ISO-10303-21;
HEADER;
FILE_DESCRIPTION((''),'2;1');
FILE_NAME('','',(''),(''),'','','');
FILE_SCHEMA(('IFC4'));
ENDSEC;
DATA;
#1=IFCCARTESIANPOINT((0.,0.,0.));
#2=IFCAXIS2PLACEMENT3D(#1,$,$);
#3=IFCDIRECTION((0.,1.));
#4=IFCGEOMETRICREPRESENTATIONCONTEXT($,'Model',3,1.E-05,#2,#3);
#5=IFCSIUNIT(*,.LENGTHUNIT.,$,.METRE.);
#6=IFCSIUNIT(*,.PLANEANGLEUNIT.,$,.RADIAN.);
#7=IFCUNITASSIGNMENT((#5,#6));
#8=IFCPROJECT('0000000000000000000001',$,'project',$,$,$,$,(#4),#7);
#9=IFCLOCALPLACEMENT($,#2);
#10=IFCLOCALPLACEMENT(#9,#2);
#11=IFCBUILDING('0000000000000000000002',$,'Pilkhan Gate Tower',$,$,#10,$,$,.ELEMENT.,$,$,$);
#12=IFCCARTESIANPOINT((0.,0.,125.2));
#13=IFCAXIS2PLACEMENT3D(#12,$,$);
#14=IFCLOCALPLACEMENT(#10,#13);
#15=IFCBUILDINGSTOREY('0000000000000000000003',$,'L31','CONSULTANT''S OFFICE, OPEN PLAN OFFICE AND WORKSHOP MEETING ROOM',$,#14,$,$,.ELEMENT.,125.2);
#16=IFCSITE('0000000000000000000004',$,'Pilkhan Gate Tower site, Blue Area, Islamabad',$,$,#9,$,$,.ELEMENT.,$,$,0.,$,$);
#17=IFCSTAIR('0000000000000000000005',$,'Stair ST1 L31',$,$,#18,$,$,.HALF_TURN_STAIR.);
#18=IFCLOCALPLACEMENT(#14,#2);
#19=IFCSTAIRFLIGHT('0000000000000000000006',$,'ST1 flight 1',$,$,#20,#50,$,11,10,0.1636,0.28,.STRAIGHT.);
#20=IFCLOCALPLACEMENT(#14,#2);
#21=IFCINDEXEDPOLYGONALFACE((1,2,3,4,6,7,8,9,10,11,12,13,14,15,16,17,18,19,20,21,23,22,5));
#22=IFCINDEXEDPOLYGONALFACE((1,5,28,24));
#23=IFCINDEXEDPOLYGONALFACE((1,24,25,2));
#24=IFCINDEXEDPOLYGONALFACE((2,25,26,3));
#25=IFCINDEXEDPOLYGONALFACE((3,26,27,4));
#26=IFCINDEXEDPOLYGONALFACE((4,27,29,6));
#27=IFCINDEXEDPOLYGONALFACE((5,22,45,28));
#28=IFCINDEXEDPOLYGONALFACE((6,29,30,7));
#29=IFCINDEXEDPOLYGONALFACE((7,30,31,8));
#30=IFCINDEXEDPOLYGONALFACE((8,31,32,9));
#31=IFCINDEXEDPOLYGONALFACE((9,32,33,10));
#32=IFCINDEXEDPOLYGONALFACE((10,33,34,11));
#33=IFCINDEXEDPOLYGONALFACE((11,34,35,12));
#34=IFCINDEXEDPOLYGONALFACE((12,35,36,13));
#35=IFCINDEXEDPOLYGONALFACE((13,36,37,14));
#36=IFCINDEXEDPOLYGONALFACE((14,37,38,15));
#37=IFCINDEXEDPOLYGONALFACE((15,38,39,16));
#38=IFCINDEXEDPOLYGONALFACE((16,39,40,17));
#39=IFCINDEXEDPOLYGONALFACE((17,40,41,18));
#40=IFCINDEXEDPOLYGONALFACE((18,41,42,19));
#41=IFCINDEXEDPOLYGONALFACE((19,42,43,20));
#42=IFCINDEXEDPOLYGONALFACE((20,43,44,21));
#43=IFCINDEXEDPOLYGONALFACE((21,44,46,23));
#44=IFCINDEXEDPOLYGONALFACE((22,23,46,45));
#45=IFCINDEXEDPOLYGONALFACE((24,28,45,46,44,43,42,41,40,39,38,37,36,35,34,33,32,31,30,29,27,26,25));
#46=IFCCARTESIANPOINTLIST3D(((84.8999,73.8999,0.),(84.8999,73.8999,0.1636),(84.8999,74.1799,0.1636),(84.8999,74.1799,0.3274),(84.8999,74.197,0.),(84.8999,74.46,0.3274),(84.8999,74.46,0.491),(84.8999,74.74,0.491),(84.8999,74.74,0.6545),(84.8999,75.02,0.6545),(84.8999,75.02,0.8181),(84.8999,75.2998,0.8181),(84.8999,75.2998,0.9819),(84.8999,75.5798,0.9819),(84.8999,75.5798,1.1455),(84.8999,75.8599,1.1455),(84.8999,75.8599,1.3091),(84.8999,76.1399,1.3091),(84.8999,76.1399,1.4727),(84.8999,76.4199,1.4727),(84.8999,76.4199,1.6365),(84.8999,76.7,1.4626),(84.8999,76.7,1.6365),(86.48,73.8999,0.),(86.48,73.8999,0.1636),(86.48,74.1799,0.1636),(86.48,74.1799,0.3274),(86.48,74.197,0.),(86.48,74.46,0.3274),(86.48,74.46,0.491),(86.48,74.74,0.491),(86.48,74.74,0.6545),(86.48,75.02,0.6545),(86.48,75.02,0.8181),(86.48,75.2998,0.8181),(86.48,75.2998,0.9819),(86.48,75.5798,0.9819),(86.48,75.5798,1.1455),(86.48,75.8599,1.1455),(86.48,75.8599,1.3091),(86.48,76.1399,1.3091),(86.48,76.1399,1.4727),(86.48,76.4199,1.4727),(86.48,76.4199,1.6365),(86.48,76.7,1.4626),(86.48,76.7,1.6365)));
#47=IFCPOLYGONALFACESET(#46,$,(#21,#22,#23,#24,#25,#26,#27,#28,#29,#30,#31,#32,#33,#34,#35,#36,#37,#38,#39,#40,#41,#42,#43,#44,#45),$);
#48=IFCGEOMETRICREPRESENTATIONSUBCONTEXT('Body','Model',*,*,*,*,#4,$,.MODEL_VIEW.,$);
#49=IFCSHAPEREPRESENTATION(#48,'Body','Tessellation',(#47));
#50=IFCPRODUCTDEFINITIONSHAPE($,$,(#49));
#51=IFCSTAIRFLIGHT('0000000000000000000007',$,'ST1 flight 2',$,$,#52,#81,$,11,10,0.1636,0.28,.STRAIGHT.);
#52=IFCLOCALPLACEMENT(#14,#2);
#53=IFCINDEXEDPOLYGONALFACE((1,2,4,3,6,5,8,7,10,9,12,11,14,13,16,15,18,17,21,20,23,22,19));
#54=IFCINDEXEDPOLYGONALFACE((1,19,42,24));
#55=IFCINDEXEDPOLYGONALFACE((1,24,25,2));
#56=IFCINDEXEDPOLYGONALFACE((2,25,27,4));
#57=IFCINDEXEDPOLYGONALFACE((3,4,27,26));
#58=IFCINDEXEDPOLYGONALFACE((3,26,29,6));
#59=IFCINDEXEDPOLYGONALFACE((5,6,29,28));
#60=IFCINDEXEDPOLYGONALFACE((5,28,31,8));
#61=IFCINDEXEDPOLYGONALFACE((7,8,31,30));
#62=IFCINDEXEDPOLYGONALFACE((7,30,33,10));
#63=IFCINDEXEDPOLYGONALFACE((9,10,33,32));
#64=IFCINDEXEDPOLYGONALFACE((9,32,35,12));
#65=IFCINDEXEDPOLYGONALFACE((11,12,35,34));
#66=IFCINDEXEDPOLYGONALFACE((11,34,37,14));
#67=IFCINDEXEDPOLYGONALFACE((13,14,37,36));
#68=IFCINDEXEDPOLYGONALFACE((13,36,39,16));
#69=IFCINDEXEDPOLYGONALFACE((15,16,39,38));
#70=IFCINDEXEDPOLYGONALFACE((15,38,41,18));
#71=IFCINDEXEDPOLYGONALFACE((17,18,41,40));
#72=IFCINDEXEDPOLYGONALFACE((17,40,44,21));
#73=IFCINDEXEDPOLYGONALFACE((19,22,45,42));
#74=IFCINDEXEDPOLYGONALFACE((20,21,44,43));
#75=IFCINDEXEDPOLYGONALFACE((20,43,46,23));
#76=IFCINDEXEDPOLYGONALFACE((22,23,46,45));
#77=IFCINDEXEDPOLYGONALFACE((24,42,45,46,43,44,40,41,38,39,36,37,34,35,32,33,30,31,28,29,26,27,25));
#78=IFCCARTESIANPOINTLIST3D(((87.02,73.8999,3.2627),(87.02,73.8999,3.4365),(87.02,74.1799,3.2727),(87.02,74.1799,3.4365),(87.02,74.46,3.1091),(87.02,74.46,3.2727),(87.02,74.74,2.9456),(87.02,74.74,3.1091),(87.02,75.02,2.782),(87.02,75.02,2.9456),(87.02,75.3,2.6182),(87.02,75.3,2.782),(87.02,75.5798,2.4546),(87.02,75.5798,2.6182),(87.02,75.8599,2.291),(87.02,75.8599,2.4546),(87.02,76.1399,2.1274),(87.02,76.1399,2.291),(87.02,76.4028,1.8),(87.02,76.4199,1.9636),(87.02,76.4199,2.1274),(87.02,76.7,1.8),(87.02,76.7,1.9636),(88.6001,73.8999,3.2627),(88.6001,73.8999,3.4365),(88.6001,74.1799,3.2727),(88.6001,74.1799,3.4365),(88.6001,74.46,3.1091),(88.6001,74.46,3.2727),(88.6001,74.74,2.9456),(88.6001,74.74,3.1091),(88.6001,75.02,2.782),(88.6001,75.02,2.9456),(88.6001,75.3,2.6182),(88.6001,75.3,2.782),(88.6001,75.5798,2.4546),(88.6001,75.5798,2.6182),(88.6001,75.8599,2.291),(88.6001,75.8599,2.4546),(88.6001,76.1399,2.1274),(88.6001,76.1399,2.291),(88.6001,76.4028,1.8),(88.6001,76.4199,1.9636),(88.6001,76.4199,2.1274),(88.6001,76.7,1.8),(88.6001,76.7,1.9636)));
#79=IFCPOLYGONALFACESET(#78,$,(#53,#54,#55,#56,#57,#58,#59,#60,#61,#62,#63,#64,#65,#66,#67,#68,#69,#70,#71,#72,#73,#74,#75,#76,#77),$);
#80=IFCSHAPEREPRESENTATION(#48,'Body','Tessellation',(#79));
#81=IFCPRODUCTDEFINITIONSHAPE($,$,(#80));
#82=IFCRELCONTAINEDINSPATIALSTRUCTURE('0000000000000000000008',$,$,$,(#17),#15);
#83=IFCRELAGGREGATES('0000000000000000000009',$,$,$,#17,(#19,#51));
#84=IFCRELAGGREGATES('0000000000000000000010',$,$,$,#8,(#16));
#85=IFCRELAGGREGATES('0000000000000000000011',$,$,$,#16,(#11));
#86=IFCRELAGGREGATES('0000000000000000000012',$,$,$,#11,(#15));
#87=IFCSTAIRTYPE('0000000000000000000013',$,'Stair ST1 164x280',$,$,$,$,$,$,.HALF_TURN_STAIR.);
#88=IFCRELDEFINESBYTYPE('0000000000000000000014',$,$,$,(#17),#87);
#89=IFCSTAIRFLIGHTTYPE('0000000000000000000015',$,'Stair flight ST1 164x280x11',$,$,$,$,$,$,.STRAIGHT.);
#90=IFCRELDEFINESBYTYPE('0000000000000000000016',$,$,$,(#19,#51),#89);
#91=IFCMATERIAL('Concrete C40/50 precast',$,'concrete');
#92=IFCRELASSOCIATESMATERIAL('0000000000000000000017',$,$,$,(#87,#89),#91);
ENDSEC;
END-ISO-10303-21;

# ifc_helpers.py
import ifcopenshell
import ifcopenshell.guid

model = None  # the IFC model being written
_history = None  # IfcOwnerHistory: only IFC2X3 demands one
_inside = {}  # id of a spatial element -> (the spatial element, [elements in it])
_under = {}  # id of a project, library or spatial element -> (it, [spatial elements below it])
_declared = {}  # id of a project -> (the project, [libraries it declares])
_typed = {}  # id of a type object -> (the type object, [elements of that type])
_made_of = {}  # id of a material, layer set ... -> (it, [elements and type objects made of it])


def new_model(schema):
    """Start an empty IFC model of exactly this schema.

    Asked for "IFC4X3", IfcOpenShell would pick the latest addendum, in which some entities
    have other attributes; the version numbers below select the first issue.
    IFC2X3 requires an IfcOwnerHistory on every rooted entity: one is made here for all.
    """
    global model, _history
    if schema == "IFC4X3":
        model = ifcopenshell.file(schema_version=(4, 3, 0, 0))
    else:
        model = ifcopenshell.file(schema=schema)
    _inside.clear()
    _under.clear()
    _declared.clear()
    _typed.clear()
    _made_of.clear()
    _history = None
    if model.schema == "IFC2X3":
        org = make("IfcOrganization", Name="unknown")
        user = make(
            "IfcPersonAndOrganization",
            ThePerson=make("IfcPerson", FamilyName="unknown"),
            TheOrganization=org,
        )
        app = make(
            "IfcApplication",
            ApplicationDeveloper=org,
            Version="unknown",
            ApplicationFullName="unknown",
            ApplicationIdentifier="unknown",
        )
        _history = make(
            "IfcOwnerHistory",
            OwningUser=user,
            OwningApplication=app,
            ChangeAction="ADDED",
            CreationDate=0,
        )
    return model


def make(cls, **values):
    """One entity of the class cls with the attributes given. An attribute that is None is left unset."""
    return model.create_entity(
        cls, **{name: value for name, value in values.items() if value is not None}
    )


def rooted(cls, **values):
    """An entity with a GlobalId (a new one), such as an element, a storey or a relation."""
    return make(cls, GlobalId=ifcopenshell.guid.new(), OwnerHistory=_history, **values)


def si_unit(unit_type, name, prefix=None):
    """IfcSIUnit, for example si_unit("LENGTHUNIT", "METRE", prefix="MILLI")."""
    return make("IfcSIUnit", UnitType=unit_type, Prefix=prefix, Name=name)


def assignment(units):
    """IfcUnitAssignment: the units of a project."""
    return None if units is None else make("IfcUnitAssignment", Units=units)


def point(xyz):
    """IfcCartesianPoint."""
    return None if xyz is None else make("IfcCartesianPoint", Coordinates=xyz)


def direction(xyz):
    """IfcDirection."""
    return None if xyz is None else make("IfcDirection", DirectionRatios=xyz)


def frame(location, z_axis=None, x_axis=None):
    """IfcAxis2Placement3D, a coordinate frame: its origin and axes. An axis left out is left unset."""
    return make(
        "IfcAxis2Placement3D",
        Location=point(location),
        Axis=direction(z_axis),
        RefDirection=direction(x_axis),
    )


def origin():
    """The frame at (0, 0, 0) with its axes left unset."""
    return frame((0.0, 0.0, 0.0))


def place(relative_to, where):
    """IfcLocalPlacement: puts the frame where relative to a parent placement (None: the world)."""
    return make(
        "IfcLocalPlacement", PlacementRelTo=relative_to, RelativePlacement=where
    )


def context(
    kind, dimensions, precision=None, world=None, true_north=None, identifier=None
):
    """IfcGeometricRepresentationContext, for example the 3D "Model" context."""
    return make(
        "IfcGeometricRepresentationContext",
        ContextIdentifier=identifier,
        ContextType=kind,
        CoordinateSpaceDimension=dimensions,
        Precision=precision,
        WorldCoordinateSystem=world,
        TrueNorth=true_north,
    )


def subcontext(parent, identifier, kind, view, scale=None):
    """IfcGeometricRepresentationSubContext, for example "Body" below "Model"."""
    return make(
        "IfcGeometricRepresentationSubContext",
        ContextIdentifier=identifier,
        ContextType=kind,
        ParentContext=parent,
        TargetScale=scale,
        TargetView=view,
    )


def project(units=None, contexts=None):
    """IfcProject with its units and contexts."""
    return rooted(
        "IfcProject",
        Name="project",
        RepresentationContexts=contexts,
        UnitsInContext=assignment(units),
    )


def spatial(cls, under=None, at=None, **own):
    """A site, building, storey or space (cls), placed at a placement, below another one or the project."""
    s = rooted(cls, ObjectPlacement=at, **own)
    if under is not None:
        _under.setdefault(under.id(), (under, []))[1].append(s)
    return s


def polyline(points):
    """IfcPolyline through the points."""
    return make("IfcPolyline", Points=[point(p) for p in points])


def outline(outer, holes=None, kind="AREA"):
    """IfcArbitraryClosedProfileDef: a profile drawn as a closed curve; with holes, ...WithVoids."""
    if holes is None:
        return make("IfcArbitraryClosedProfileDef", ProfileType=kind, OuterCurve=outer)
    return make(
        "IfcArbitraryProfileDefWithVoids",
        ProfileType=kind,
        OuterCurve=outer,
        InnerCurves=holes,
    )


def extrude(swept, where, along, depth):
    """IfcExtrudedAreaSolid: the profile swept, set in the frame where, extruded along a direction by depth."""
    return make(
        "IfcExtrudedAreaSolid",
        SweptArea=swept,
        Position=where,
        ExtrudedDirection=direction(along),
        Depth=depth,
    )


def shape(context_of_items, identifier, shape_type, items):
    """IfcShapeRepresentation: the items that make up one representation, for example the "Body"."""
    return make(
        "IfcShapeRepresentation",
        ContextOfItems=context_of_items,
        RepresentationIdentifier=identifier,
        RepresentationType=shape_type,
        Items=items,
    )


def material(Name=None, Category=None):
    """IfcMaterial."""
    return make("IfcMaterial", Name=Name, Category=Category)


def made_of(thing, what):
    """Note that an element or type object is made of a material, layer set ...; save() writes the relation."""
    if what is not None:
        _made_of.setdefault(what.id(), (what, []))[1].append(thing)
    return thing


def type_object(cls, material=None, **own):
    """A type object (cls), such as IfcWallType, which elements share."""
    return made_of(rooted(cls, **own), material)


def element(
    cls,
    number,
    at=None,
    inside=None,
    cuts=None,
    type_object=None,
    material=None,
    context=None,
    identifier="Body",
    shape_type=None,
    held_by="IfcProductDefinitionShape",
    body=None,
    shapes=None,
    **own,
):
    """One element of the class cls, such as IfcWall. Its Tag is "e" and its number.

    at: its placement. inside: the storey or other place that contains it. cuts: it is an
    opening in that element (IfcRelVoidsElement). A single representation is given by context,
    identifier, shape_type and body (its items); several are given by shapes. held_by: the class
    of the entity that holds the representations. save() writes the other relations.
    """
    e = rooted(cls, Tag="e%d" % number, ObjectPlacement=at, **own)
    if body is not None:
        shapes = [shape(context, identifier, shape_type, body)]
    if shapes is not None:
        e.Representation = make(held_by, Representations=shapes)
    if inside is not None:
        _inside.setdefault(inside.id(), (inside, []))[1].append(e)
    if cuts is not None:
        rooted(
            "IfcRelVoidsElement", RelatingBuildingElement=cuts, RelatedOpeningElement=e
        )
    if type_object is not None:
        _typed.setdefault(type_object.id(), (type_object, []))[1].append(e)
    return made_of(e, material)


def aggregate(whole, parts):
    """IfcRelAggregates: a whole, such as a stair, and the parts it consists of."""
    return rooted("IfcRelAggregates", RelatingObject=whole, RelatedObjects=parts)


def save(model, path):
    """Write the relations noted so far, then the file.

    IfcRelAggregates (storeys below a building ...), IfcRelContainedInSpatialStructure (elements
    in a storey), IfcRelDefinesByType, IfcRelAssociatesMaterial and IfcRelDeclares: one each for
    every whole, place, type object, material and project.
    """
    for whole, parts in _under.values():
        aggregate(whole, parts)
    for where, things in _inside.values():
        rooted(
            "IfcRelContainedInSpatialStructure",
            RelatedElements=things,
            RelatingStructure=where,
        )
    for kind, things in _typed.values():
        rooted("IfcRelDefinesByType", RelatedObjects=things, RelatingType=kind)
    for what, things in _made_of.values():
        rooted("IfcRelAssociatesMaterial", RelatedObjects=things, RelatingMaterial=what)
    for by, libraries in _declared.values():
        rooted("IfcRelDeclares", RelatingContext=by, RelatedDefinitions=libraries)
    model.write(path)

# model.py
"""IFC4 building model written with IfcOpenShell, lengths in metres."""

from ifc_helpers import new_model, si_unit, direction, frame, origin, place, context, subcontext, project, spatial, polyline, outline, extrude, material, type_object, element, aggregate, save


model = new_model("IFC4")

# Units and contexts
model_context = context("Model", 3, precision=1e-05, world=origin(), true_north=direction((0.0, 1.0)))
body_context = subcontext(model_context, "Body", "Model", "MODEL_VIEW")
ifc_project = project(units=[si_unit("LENGTHUNIT", "METRE"), si_unit("PLANEANGLEUNIT", "RADIAN")], contexts=[model_context])

# Site, building, storey
site_placement = place(None, origin())
site = spatial("IfcSite", under=ifc_project, at=site_placement, Name="Pilkhan Gate Tower site, Blue Area, Islamabad", CompositionType="ELEMENT", RefElevation=0.0)
building_placement = place(site_placement, origin())
building = spatial("IfcBuilding", under=site, at=building_placement, Name="Pilkhan Gate Tower", CompositionType="ELEMENT")
storey_placement = place(building_placement, frame((0.0, 0.0, 125.2)))
storey = spatial("IfcBuildingStorey", under=building, at=storey_placement, Name="L31", Description="CONSULTANT'S OFFICE, OPEN PLAN OFFICE AND WORKSHOP MEETING ROOM", CompositionType="ELEMENT", Elevation=125.2)

# Stair, stair flights
ifc_material_1 = material(Name="Concrete C40/50 precast", Category="concrete")
stair_type = type_object("IfcStairType", Name="Stair ST1 164x280", PredefinedType="HALF_TURN_STAIR", material=ifc_material_1)
stair_placement = place(storey_placement, origin())
stair = element("IfcStair", 1, at=stair_placement, inside=storey, type_object=stair_type, Name="Stair ST1 L31", PredefinedType="HALF_TURN_STAIR")
stair_flight_type = type_object("IfcStairFlightType", Name="Stair flight ST1 164x280x11", PredefinedType="STRAIGHT", material=ifc_material_1)
stair_flight_1_placement = place(storey_placement, frame((85.6899, 73.8999, 0.0), z_axis=(0.0, 0.0, 1.0), x_axis=(0.0, 1.0, 0.0)))
stair_flight_1 = element("IfcStairFlight", 2, at=stair_flight_1_placement, type_object=stair_flight_type, Name="ST1 flight 1", NumberOfRisers=11, NumberOfTreads=10, PredefinedType="STRAIGHT", RiserHeight=0.1636, TreadLength=0.28, context=body_context, shape_type="SweptSolid", body=[
    extrude(outline(polyline([(0.0, 0.0), (0.0, 0.1636), (0.28, 0.1636), (0.28, 0.3274), (0.5601, 0.3274), (0.5601, 0.491), (0.8401, 0.491), (0.8401, 0.6545), (1.1201, 0.6545), (1.1201, 0.8181), (1.3999, 0.8181), (1.3999, 0.9819), (1.6799, 0.9819), (1.6799, 1.1455), (1.96, 1.1455), (1.96, 1.3091), (2.24, 1.3091), (2.24, 1.4727), (2.52, 1.4727), (2.52, 1.6365), (2.8, 1.6365), (2.8, 1.8), (2.8, 1.4626), (0.2971, 0.0), (0.0, 0.0)])), frame((0.0, 0.79, 0.0), z_axis=(0.0, -1.0, 0.0), x_axis=(1.0, 0.0, 0.0)), (0.0, 0.0, 1.0), 1.5801),
])
stair_flight_2_placement = place(storey_placement, frame((87.8101, 76.7, 1.8), z_axis=(0.0, 0.0, 1.0), x_axis=(0.0, -1.0, 0.0)))
stair_flight_2 = element("IfcStairFlight", 3, at=stair_flight_2_placement, type_object=stair_flight_type, Name="ST1 flight 2", NumberOfRisers=11, NumberOfTreads=10, PredefinedType="STRAIGHT", RiserHeight=0.1636, TreadLength=0.28, context=body_context, shape_type="SweptSolid", body=[
    extrude(outline(polyline([(0.0, 0.0), (0.0, 0.1636), (0.28, 0.1636), (0.28, 0.3274), (0.5601, 0.3274), (0.5601, 0.491), (0.8401, 0.491), (0.8401, 0.6545), (1.1201, 0.6545), (1.1201, 0.8181), (1.3999, 0.8181), (1.3999, 0.9819), (1.6799, 0.9819), (1.6799, 1.1455), (1.96, 1.1455), (1.96, 1.3091), (2.24, 1.3091), (2.24, 1.4727), (2.52, 1.4727), (2.52, 1.6365), (2.8, 1.6365), (2.8, 1.8), (2.8, 1.4626), (0.2971, 0.0), (0.0, 0.0)])), frame((0.0, 0.79, 0.0), z_axis=(0.0, -1.0, 0.0), x_axis=(1.0, 0.0, 0.0)), (0.0, 0.0, 1.0), 1.5801),
])
aggregate(stair, [stair_flight_1, stair_flight_2])

save(model, "model.ifc")
